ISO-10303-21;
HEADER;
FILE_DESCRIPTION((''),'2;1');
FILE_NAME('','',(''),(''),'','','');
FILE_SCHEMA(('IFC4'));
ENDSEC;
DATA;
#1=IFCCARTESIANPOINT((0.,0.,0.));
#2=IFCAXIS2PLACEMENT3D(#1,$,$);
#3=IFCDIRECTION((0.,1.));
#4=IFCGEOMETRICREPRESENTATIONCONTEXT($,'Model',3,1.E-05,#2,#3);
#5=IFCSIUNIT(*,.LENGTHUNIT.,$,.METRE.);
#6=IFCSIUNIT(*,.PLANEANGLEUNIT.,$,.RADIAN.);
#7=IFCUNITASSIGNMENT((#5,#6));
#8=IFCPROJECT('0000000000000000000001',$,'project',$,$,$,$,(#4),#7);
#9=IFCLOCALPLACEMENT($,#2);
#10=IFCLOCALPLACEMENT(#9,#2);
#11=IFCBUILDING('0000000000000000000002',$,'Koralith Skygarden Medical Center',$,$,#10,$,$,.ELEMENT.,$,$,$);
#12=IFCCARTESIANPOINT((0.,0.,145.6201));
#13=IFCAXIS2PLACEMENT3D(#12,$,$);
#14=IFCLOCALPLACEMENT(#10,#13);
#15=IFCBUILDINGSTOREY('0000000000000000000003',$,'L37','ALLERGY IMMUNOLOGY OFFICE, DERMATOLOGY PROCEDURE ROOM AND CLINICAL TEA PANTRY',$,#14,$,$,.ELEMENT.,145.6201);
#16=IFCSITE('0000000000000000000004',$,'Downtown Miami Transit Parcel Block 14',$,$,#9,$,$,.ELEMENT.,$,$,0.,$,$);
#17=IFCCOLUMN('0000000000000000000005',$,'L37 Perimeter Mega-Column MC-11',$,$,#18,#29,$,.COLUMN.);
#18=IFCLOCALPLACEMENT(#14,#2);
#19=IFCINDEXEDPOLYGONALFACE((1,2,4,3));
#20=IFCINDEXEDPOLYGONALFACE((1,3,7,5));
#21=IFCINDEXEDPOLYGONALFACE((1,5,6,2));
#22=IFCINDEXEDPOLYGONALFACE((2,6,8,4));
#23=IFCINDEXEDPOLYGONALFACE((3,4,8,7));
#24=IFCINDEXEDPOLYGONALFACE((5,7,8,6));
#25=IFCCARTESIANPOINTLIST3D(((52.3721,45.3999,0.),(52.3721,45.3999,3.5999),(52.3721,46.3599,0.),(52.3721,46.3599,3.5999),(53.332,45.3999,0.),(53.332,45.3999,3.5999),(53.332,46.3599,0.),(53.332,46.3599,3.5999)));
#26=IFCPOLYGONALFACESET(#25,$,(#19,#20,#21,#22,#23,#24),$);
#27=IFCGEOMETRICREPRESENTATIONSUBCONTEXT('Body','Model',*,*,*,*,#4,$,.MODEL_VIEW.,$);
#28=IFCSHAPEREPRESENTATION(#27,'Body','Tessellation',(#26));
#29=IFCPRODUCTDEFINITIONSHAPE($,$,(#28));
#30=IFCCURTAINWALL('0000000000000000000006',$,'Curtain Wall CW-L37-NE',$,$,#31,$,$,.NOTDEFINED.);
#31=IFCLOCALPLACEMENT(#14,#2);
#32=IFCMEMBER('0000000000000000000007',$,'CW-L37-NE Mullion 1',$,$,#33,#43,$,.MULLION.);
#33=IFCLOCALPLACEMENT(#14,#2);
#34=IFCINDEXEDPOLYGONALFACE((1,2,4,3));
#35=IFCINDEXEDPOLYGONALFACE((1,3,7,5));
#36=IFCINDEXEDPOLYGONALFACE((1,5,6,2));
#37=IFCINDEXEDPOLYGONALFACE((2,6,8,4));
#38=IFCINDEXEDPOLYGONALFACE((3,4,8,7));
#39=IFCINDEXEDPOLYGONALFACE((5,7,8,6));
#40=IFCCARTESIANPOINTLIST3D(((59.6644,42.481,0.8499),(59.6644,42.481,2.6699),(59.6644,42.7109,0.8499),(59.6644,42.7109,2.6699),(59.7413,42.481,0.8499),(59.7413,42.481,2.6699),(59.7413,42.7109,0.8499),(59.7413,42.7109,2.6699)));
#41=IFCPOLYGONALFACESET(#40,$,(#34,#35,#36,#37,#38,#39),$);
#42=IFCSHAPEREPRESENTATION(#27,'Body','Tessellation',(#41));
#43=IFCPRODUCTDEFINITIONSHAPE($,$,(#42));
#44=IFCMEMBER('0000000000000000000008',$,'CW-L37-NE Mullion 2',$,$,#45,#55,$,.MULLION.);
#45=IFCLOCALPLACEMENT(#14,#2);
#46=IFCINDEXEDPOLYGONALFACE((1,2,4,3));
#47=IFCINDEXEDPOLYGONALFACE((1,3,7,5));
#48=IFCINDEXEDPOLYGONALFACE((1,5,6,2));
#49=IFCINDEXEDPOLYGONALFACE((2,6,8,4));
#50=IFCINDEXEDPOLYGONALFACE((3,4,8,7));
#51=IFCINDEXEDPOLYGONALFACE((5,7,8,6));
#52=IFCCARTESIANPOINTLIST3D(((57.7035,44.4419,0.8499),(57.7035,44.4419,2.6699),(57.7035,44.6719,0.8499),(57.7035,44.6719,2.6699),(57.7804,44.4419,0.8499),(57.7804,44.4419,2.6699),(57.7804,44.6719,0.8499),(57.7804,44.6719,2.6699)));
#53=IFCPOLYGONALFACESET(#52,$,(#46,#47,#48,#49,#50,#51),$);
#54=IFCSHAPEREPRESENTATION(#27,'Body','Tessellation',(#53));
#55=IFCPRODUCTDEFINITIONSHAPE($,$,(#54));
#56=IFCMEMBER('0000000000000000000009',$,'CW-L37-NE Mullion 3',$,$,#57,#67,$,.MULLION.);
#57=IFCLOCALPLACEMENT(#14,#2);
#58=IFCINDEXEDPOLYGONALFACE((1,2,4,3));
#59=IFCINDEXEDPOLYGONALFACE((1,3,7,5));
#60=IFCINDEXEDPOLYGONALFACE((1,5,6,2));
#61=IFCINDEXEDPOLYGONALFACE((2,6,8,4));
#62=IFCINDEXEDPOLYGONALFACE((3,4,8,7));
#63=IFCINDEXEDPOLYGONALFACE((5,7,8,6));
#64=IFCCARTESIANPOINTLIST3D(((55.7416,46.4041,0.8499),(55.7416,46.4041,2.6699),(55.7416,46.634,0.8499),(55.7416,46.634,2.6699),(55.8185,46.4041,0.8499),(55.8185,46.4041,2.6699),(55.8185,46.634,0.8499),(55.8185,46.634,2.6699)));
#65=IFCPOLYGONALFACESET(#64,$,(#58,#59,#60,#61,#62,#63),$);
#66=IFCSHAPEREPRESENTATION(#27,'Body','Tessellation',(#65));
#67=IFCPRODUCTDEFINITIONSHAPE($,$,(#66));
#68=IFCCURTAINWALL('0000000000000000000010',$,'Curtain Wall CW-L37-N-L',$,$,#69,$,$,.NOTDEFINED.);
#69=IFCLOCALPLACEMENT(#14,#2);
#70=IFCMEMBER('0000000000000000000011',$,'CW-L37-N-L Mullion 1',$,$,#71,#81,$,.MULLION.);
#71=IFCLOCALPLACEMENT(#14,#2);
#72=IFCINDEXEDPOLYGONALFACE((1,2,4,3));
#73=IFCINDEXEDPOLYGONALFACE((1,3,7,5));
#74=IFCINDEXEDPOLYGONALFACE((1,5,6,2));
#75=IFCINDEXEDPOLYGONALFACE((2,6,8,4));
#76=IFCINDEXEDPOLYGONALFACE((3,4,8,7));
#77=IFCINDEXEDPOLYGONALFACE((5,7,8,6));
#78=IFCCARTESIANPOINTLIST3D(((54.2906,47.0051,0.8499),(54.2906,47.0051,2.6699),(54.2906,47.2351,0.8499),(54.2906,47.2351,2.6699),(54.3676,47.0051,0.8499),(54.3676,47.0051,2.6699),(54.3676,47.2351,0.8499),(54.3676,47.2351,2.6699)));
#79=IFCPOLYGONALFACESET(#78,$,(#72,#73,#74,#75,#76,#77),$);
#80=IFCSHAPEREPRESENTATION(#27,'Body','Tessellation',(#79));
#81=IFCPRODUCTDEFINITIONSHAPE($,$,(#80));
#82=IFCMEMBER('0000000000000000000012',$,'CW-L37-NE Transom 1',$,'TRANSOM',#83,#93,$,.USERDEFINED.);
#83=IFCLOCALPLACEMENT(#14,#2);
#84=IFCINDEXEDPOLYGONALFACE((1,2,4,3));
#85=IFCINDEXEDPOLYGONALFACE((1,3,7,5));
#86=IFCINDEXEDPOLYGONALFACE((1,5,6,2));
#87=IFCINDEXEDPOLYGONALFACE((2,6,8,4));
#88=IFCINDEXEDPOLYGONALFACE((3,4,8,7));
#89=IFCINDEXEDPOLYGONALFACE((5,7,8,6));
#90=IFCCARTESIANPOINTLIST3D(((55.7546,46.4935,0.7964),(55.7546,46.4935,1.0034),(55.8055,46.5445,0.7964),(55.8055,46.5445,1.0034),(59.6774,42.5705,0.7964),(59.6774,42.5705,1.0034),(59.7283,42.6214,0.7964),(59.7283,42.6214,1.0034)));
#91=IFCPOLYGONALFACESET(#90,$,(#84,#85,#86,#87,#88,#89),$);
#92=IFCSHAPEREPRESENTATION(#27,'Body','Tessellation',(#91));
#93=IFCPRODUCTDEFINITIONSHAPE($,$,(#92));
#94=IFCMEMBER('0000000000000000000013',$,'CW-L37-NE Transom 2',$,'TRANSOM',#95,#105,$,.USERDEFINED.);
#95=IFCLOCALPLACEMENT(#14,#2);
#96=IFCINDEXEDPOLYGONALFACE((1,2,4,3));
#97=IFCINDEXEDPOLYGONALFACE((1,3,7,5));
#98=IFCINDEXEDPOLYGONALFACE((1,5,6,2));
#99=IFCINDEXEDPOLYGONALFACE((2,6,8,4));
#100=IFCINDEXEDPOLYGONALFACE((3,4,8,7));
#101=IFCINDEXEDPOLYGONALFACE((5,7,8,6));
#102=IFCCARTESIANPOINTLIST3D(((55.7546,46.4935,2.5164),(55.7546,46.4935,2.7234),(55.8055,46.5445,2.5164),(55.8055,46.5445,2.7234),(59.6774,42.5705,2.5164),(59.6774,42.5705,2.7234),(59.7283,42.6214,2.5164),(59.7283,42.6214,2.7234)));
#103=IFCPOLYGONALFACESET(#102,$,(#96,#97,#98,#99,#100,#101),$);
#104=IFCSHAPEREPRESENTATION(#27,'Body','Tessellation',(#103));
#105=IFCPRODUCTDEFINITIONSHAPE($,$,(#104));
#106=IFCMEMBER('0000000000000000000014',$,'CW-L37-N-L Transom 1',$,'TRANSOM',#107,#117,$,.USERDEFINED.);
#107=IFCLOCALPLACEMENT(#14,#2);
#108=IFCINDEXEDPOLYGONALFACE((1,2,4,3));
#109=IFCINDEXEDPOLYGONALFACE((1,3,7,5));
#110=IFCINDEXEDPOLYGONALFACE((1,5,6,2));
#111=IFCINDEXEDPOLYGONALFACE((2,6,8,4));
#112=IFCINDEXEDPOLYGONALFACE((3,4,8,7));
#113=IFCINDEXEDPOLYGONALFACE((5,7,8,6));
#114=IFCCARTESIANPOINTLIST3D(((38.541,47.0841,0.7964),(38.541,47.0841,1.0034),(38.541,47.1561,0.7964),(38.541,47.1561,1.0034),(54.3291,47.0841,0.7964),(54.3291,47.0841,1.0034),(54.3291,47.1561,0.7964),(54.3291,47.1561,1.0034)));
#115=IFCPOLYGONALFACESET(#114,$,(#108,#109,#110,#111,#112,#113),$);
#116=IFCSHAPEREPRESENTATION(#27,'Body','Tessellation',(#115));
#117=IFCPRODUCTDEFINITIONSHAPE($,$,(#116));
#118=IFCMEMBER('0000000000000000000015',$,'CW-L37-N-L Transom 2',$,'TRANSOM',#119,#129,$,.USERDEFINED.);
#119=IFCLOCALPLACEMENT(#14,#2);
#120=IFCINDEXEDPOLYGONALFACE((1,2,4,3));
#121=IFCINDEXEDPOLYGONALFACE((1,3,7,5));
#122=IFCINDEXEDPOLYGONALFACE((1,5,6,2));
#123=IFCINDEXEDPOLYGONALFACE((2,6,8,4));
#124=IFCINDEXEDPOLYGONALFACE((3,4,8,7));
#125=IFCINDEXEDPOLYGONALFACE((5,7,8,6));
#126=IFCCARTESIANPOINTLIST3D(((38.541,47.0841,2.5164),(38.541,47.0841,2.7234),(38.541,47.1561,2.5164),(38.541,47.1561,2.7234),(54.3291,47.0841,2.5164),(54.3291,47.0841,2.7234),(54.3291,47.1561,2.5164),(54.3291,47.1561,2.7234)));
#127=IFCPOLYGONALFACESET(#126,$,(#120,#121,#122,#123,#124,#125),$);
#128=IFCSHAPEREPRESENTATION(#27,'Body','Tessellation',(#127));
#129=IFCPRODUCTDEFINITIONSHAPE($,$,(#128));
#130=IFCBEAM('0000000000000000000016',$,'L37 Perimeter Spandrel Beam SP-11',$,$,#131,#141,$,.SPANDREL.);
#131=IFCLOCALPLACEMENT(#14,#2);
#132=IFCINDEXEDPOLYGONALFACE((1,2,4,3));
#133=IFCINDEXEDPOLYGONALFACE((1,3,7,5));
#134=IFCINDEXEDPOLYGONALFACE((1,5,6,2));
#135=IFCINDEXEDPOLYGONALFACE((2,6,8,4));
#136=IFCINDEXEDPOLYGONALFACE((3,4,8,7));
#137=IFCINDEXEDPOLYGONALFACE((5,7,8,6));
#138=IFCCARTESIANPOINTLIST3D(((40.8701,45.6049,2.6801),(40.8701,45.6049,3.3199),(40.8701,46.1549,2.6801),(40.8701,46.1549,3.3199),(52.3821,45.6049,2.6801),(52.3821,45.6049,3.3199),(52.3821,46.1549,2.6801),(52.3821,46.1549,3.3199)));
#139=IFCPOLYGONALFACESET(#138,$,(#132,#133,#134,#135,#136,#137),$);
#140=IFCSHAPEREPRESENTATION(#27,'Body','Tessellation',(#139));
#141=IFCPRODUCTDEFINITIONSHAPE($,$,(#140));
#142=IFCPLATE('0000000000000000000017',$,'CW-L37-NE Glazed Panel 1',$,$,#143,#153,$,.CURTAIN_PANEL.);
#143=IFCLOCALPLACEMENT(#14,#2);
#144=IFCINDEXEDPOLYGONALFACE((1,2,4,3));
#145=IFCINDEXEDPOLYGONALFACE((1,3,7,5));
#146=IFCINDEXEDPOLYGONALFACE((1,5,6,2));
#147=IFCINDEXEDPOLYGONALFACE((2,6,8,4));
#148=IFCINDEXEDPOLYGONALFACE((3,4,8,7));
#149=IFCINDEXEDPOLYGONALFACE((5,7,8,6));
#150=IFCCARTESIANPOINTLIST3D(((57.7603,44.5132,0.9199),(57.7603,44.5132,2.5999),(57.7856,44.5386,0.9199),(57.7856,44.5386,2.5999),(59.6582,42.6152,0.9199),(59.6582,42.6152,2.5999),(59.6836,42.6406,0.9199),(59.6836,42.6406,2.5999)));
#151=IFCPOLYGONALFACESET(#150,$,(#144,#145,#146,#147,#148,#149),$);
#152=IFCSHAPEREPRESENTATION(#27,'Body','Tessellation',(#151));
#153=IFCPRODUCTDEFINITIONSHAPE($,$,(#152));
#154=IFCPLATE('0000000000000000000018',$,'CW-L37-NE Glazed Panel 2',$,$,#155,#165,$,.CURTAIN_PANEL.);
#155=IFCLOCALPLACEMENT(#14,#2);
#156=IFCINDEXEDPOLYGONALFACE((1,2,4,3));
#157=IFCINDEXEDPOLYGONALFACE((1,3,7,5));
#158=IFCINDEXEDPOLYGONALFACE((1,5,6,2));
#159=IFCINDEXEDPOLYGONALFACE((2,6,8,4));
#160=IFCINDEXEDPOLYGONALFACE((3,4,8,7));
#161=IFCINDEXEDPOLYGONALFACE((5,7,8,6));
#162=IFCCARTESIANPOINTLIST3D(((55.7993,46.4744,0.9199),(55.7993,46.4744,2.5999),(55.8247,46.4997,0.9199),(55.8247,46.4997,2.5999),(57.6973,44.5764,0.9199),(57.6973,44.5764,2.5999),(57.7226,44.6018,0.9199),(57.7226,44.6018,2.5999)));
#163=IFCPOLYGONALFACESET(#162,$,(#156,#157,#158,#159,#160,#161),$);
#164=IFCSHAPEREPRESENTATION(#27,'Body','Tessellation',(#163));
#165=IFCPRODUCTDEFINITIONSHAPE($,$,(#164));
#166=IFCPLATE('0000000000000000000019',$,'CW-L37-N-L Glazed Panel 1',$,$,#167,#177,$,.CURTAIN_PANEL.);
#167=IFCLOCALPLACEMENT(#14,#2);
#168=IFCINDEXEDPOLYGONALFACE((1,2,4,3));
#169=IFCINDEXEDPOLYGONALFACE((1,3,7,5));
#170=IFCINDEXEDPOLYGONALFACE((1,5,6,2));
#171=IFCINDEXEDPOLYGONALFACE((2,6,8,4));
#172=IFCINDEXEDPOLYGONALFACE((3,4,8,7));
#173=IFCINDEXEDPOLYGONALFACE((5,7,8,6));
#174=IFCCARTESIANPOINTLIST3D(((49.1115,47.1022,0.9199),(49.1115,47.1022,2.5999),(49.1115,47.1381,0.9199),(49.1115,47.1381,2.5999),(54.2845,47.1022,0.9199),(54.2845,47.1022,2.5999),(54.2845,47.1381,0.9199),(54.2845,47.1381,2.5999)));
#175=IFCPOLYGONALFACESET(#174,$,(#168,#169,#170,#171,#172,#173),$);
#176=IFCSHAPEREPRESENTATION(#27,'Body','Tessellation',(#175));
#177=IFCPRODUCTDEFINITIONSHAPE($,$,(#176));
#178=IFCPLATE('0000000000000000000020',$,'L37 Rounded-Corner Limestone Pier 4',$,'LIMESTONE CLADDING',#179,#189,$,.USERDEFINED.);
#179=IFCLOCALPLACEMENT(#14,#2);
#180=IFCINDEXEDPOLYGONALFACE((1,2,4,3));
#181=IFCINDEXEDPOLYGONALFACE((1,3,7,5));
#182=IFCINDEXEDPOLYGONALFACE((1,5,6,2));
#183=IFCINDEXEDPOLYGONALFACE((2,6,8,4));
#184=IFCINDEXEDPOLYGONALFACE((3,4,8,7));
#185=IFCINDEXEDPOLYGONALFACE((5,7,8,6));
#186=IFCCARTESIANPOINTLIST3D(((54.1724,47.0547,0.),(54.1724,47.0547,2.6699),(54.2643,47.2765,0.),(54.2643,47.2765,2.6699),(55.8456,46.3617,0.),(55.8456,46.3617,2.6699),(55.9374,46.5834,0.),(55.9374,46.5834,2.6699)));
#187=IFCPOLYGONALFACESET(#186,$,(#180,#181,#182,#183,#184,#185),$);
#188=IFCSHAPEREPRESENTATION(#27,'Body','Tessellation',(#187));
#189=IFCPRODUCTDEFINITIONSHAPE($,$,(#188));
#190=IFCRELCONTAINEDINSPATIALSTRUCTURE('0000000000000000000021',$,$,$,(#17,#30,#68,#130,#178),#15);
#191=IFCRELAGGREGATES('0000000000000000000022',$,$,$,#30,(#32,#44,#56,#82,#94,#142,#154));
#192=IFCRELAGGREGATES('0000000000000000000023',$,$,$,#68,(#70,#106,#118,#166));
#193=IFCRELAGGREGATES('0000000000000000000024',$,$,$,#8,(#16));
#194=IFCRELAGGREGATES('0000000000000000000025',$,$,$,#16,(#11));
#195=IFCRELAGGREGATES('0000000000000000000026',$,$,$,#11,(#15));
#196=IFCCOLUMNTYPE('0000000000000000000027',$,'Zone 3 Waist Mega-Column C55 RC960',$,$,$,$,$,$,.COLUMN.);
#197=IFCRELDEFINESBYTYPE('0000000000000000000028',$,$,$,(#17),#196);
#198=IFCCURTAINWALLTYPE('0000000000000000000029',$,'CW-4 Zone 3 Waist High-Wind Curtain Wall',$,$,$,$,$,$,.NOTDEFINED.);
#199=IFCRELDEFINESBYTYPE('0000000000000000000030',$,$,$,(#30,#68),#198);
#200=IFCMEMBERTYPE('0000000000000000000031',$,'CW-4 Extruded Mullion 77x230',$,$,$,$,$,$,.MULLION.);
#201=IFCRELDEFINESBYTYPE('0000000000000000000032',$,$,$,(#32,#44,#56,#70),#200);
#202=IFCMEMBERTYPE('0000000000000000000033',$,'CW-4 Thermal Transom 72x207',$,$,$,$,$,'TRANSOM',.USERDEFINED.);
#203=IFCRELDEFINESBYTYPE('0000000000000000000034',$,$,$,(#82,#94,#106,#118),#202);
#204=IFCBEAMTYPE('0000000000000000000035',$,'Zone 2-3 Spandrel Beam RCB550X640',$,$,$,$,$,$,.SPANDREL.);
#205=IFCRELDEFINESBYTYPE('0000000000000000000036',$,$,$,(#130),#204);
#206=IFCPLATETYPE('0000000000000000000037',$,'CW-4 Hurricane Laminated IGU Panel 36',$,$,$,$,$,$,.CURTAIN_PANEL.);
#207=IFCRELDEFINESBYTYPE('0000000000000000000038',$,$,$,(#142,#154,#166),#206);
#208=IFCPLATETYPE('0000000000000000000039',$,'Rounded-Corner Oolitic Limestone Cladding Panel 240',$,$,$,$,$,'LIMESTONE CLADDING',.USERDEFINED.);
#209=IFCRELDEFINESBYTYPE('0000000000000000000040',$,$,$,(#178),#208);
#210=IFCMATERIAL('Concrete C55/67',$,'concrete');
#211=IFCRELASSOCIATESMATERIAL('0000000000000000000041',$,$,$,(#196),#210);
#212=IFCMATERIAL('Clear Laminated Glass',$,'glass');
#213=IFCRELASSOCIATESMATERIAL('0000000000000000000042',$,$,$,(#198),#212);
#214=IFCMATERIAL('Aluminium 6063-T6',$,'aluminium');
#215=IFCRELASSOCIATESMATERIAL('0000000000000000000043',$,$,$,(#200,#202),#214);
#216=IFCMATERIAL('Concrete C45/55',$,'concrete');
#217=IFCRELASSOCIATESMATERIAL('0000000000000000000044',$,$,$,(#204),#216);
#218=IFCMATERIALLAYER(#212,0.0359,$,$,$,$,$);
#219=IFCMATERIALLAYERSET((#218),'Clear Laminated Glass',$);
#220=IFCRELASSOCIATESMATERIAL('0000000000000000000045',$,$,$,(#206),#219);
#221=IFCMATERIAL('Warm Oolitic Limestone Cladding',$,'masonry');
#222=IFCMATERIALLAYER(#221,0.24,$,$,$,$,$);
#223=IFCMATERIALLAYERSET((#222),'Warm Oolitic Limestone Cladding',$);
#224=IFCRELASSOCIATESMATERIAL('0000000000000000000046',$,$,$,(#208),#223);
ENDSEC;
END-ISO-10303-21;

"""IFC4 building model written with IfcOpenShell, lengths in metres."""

from ifc_helpers import new_model, si_unit, direction, frame, origin, origin_2d, place, context, subcontext, project, spatial, rectangle, extrude, material, layer, layer_set, material_profile, profile_set, type_object, element, aggregate, save


model = new_model("IFC4")

# Units and contexts
model_context = context("Model", 3, precision=1e-05, world=origin(), true_north=direction((0.0, 1.0)))
body_context = subcontext(model_context, "Body", "Model", "MODEL_VIEW")
ifc_project = project(units=[si_unit("LENGTHUNIT", "METRE"), si_unit("PLANEANGLEUNIT", "RADIAN")], contexts=[model_context])

# Site, building, storey
site_placement = place(None, origin())
site = spatial("IfcSite", under=ifc_project, at=site_placement, Name="Downtown Miami Transit Parcel Block 14", CompositionType="ELEMENT", RefElevation=0.0)
building_placement = place(site_placement, origin())
building = spatial("IfcBuilding", under=site, at=building_placement, Name="Koralith Skygarden Medical Center", CompositionType="ELEMENT")
storey_placement = place(building_placement, frame((0.0, 0.0, 145.6201)))
storey = spatial("IfcBuildingStorey", under=building, at=storey_placement, Name="L37", Description="ALLERGY IMMUNOLOGY OFFICE, DERMATOLOGY PROCEDURE ROOM AND CLINICAL TEA PANTRY", CompositionType="ELEMENT", Elevation=145.6201)

# Column
ifc_material_1 = material(Name="Concrete C55/67", Category="concrete")
ifc_material_profile_1 = material_profile(ifc_material_1, rectangle(XDim=0.96, YDim=0.96, at=origin_2d()), Name="RC960X960")
ifc_profile_set_1 = profile_set([ifc_material_profile_1], Name="Concrete C55/67")
column_type = type_object("IfcColumnType", Name="Zone 3 Waist Mega-Column C55 RC960", PredefinedType="COLUMN", material=ifc_profile_set_1)
column_placement = place(storey_placement, frame((52.8521, 45.8799, 0.0), z_axis=(0.0, 0.0, 1.0), x_axis=(1.0, 0.0, 0.0)))
element("IfcColumn", 1, at=column_placement, inside=storey, type_object=column_type, Name="L37 Perimeter Mega-Column MC-11", PredefinedType="COLUMN", context=body_context, shape_type="SweptSolid", body=[
    extrude(rectangle(XDim=0.96, YDim=0.96, at=origin_2d()), origin(), (0.0, 0.0, 1.0), 3.5999),
])

# Curtain wall, members
ifc_material_2 = material(Name="Clear Laminated Glass", Category="glass")
curtain_wall_type = type_object("IfcCurtainWallType", Name="CW-4 Zone 3 Waist High-Wind Curtain Wall", PredefinedType="NOTDEFINED", material=ifc_material_2)
curtain_wall_1_placement = place(storey_placement, origin())
curtain_wall_1 = element("IfcCurtainWall", 2, at=curtain_wall_1_placement, inside=storey, type_object=curtain_wall_type, Name="Curtain Wall CW-L37-NE", PredefinedType="NOTDEFINED")
ifc_material_3 = material(Name="Aluminium 6063-T6", Category="aluminium")
ifc_material_profile_2 = material_profile(ifc_material_3, rectangle(XDim=0.0769, YDim=0.23, at=origin_2d()), Name="MUL77X230")
ifc_profile_set_2 = profile_set([ifc_material_profile_2], Name="Aluminium 6063-T6")
member_type_1 = type_object("IfcMemberType", Name="CW-4 Extruded Mullion 77x230", PredefinedType="MULLION", material=ifc_profile_set_2)
member_1_placement = place(storey_placement, frame((59.7029, 42.5959, 0.8499), z_axis=(0.0, 0.0, 1.0), x_axis=(1.0, 0.0, 0.0)))
member_1 = element("IfcMember", 3, at=member_1_placement, type_object=member_type_1, Name="CW-L37-NE Mullion 1", PredefinedType="MULLION", context=body_context, shape_type="SweptSolid", body=[
    extrude(rectangle(XDim=0.0769, YDim=0.23, at=origin_2d()), origin(), (0.0, 0.0, 1.0), 1.8201),
])
member_2_placement = place(storey_placement, frame((57.7419, 44.5569, 0.8499), z_axis=(0.0, 0.0, 1.0), x_axis=(1.0, 0.0, 0.0)))
member_2 = element("IfcMember", 4, at=member_2_placement, type_object=member_type_1, Name="CW-L37-NE Mullion 2", PredefinedType="MULLION", context=body_context, shape_type="SweptSolid", body=[
    extrude(rectangle(XDim=0.0769, YDim=0.23, at=origin_2d()), origin(), (0.0, 0.0, 1.0), 1.8201),
])
member_3_placement = place(storey_placement, frame((55.78, 46.519, 0.8499), z_axis=(0.0, 0.0, 1.0), x_axis=(1.0, 0.0, 0.0)))
member_3 = element("IfcMember", 5, at=member_3_placement, type_object=member_type_1, Name="CW-L37-NE Mullion 3", PredefinedType="MULLION", context=body_context, shape_type="SweptSolid", body=[
    extrude(rectangle(XDim=0.0769, YDim=0.23, at=origin_2d()), origin(), (0.0, 0.0, 1.0), 1.8201),
])

# Curtain wall, member
curtain_wall_2_placement = place(storey_placement, origin())
curtain_wall_2 = element("IfcCurtainWall", 6, at=curtain_wall_2_placement, inside=storey, type_object=curtain_wall_type, Name="Curtain Wall CW-L37-N-L", PredefinedType="NOTDEFINED")
member_4_placement = place(storey_placement, frame((54.3291, 47.1201, 0.8499), z_axis=(0.0, 0.0, 1.0), x_axis=(1.0, 0.0, 0.0)))
member_4 = element("IfcMember", 7, at=member_4_placement, type_object=member_type_1, Name="CW-L37-N-L Mullion 1", PredefinedType="MULLION", context=body_context, shape_type="SweptSolid", body=[
    extrude(rectangle(XDim=0.0769, YDim=0.23, at=origin_2d()), origin(), (0.0, 0.0, 1.0), 1.8201),
])

# Members
ifc_material_profile_3 = material_profile(ifc_material_3, rectangle(XDim=0.072, YDim=0.207, at=origin_2d()), Name="TRN72X207")
ifc_profile_set_3 = profile_set([ifc_material_profile_3], Name="Aluminium 6063-T6")
member_type_2 = type_object("IfcMemberType", Name="CW-4 Thermal Transom 72x207", ElementType="TRANSOM", PredefinedType="USERDEFINED", material=ifc_profile_set_3)
member_5_placement = place(storey_placement, frame((59.7029, 42.5959, 0.8999), z_axis=(-0.707085, 0.707129, 0.0), x_axis=(-0.707129, -0.707085, 0.0)))
member_5 = element("IfcMember", 8, at=member_5_placement, type_object=member_type_2, Name="CW-L37-NE Transom 1", ObjectType="TRANSOM", PredefinedType="USERDEFINED", context=body_context, shape_type="SweptSolid", body=[
    extrude(rectangle(XDim=0.072, YDim=0.207, at=origin_2d()), origin(), (0.0, 0.0, 1.0), 5.5479),
])
member_6_placement = place(storey_placement, frame((59.7029, 42.5959, 2.6199), z_axis=(-0.707085, 0.707129, 0.0), x_axis=(-0.707129, -0.707085, 0.0)))
member_6 = element("IfcMember", 9, at=member_6_placement, type_object=member_type_2, Name="CW-L37-NE Transom 2", ObjectType="TRANSOM", PredefinedType="USERDEFINED", context=body_context, shape_type="SweptSolid", body=[
    extrude(rectangle(XDim=0.072, YDim=0.207, at=origin_2d()), origin(), (0.0, 0.0, 1.0), 5.5479),
])
member_7_placement = place(storey_placement, frame((54.3291, 47.1201, 0.8999), z_axis=(-1.0, 0.0, 0.0), x_axis=(0.0, -1.0, 0.0)))
member_7 = element("IfcMember", 10, at=member_7_placement, type_object=member_type_2, Name="CW-L37-N-L Transom 1", ObjectType="TRANSOM", PredefinedType="USERDEFINED", context=body_context, shape_type="SweptSolid", body=[
    extrude(rectangle(XDim=0.072, YDim=0.207, at=origin_2d()), origin(), (0.0, 0.0, 1.0), 15.7881),
])
member_8_placement = place(storey_placement, frame((54.3291, 47.1201, 2.6199), z_axis=(-1.0, 0.0, 0.0), x_axis=(0.0, -1.0, 0.0)))
member_8 = element("IfcMember", 11, at=member_8_placement, type_object=member_type_2, Name="CW-L37-N-L Transom 2", ObjectType="TRANSOM", PredefinedType="USERDEFINED", context=body_context, shape_type="SweptSolid", body=[
    extrude(rectangle(XDim=0.072, YDim=0.207, at=origin_2d()), origin(), (0.0, 0.0, 1.0), 15.7881),
])

# Beam
ifc_material_4 = material(Name="Concrete C45/55", Category="concrete")
ifc_material_profile_4 = material_profile(ifc_material_4, rectangle(XDim=0.55, YDim=0.6399, at=origin_2d()), Name="RCB550X640")
ifc_profile_set_4 = profile_set([ifc_material_profile_4], Name="Concrete C45/55")
beam_type = type_object("IfcBeamType", Name="Zone 2-3 Spandrel Beam RCB550X640", PredefinedType="SPANDREL", material=ifc_profile_set_4)
beam_placement = place(storey_placement, frame((52.3821, 45.8799, 3.0), z_axis=(-1.0, 0.0, 0.0), x_axis=(0.0, -1.0, 0.0)))
element("IfcBeam", 12, at=beam_placement, inside=storey, type_object=beam_type, Name="L37 Perimeter Spandrel Beam SP-11", PredefinedType="SPANDREL", context=body_context, shape_type="SweptSolid", body=[
    extrude(rectangle(XDim=0.55, YDim=0.6399, at=origin_2d()), origin(), (0.0, 0.0, 1.0), 11.512),
])

# Plates
ifc_layer_1 = layer(ifc_material_2, 0.0359)
ifc_layer_set_1 = layer_set([ifc_layer_1], Name="Clear Laminated Glass")
plate_type_1 = type_object("IfcPlateType", Name="CW-4 Hurricane Laminated IGU Panel 36", PredefinedType="CURTAIN_PANEL", material=ifc_layer_set_1)
plate_1_placement = place(storey_placement, frame((58.7219, 43.5769, 0.9199), z_axis=(0.0, 0.0, 1.0), x_axis=(-0.707107, 0.707107, 0.0)))
plate_1 = element("IfcPlate", 13, at=plate_1_placement, type_object=plate_type_1, Name="CW-L37-NE Glazed Panel 1", PredefinedType="CURTAIN_PANEL", context=body_context, shape_type="SweptSolid", body=[
    extrude(rectangle(XDim=2.6841, YDim=0.0359, at=origin_2d()), origin(), (0.0, 0.0, 1.0), 1.6799),
])
plate_2_placement = place(storey_placement, frame((56.761, 45.5381, 0.9199), z_axis=(0.0, 0.0, 1.0), x_axis=(-0.707107, 0.707107, 0.0)))
plate_2 = element("IfcPlate", 14, at=plate_2_placement, type_object=plate_type_1, Name="CW-L37-NE Glazed Panel 2", PredefinedType="CURTAIN_PANEL", context=body_context, shape_type="SweptSolid", body=[
    extrude(rectangle(XDim=2.6841, YDim=0.0359, at=origin_2d()), origin(), (0.0, 0.0, 1.0), 1.6799),
])
aggregate(curtain_wall_1, [member_1, member_2, member_3, member_5, member_6, plate_1, plate_2])
plate_3_placement = place(storey_placement, frame((51.698, 47.1201, 0.9199), z_axis=(0.0, 0.0, 1.0), x_axis=(-1.0, 0.0, 0.0)))
plate_3 = element("IfcPlate", 15, at=plate_3_placement, type_object=plate_type_1, Name="CW-L37-N-L Glazed Panel 1", PredefinedType="CURTAIN_PANEL", context=body_context, shape_type="SweptSolid", body=[
    extrude(rectangle(XDim=5.1731, YDim=0.0359, at=origin_2d()), origin(), (0.0, 0.0, 1.0), 1.6799),
])
aggregate(curtain_wall_2, [member_4, member_7, member_8, plate_3])
ifc_material_5 = material(Name="Warm Oolitic Limestone Cladding", Category="masonry")
ifc_layer_2 = layer(ifc_material_5, 0.24)
ifc_layer_set_2 = layer_set([ifc_layer_2], Name="Warm Oolitic Limestone Cladding")
plate_type_2 = type_object("IfcPlateType", Name="Rounded-Corner Oolitic Limestone Cladding Panel 240", ElementType="LIMESTONE CLADDING", PredefinedType="USERDEFINED", material=ifc_layer_set_2)
plate_4_placement = place(storey_placement, frame((55.0549, 46.8191, 0.0), z_axis=(0.0, 0.0, 1.0), x_axis=(-0.923885, 0.382671, 0.0)))
element("IfcPlate", 16, at=plate_4_placement, inside=storey, type_object=plate_type_2, Name="L37 Rounded-Corner Limestone Pier 4", ObjectType="LIMESTONE CLADDING", PredefinedType="USERDEFINED", context=body_context, shape_type="SweptSolid", body=[
    extrude(rectangle(XDim=1.811, YDim=0.24, at=origin_2d()), origin(), (0.0, 0.0, 1.0), 2.6699),
])

save(model, "model.ifc")
